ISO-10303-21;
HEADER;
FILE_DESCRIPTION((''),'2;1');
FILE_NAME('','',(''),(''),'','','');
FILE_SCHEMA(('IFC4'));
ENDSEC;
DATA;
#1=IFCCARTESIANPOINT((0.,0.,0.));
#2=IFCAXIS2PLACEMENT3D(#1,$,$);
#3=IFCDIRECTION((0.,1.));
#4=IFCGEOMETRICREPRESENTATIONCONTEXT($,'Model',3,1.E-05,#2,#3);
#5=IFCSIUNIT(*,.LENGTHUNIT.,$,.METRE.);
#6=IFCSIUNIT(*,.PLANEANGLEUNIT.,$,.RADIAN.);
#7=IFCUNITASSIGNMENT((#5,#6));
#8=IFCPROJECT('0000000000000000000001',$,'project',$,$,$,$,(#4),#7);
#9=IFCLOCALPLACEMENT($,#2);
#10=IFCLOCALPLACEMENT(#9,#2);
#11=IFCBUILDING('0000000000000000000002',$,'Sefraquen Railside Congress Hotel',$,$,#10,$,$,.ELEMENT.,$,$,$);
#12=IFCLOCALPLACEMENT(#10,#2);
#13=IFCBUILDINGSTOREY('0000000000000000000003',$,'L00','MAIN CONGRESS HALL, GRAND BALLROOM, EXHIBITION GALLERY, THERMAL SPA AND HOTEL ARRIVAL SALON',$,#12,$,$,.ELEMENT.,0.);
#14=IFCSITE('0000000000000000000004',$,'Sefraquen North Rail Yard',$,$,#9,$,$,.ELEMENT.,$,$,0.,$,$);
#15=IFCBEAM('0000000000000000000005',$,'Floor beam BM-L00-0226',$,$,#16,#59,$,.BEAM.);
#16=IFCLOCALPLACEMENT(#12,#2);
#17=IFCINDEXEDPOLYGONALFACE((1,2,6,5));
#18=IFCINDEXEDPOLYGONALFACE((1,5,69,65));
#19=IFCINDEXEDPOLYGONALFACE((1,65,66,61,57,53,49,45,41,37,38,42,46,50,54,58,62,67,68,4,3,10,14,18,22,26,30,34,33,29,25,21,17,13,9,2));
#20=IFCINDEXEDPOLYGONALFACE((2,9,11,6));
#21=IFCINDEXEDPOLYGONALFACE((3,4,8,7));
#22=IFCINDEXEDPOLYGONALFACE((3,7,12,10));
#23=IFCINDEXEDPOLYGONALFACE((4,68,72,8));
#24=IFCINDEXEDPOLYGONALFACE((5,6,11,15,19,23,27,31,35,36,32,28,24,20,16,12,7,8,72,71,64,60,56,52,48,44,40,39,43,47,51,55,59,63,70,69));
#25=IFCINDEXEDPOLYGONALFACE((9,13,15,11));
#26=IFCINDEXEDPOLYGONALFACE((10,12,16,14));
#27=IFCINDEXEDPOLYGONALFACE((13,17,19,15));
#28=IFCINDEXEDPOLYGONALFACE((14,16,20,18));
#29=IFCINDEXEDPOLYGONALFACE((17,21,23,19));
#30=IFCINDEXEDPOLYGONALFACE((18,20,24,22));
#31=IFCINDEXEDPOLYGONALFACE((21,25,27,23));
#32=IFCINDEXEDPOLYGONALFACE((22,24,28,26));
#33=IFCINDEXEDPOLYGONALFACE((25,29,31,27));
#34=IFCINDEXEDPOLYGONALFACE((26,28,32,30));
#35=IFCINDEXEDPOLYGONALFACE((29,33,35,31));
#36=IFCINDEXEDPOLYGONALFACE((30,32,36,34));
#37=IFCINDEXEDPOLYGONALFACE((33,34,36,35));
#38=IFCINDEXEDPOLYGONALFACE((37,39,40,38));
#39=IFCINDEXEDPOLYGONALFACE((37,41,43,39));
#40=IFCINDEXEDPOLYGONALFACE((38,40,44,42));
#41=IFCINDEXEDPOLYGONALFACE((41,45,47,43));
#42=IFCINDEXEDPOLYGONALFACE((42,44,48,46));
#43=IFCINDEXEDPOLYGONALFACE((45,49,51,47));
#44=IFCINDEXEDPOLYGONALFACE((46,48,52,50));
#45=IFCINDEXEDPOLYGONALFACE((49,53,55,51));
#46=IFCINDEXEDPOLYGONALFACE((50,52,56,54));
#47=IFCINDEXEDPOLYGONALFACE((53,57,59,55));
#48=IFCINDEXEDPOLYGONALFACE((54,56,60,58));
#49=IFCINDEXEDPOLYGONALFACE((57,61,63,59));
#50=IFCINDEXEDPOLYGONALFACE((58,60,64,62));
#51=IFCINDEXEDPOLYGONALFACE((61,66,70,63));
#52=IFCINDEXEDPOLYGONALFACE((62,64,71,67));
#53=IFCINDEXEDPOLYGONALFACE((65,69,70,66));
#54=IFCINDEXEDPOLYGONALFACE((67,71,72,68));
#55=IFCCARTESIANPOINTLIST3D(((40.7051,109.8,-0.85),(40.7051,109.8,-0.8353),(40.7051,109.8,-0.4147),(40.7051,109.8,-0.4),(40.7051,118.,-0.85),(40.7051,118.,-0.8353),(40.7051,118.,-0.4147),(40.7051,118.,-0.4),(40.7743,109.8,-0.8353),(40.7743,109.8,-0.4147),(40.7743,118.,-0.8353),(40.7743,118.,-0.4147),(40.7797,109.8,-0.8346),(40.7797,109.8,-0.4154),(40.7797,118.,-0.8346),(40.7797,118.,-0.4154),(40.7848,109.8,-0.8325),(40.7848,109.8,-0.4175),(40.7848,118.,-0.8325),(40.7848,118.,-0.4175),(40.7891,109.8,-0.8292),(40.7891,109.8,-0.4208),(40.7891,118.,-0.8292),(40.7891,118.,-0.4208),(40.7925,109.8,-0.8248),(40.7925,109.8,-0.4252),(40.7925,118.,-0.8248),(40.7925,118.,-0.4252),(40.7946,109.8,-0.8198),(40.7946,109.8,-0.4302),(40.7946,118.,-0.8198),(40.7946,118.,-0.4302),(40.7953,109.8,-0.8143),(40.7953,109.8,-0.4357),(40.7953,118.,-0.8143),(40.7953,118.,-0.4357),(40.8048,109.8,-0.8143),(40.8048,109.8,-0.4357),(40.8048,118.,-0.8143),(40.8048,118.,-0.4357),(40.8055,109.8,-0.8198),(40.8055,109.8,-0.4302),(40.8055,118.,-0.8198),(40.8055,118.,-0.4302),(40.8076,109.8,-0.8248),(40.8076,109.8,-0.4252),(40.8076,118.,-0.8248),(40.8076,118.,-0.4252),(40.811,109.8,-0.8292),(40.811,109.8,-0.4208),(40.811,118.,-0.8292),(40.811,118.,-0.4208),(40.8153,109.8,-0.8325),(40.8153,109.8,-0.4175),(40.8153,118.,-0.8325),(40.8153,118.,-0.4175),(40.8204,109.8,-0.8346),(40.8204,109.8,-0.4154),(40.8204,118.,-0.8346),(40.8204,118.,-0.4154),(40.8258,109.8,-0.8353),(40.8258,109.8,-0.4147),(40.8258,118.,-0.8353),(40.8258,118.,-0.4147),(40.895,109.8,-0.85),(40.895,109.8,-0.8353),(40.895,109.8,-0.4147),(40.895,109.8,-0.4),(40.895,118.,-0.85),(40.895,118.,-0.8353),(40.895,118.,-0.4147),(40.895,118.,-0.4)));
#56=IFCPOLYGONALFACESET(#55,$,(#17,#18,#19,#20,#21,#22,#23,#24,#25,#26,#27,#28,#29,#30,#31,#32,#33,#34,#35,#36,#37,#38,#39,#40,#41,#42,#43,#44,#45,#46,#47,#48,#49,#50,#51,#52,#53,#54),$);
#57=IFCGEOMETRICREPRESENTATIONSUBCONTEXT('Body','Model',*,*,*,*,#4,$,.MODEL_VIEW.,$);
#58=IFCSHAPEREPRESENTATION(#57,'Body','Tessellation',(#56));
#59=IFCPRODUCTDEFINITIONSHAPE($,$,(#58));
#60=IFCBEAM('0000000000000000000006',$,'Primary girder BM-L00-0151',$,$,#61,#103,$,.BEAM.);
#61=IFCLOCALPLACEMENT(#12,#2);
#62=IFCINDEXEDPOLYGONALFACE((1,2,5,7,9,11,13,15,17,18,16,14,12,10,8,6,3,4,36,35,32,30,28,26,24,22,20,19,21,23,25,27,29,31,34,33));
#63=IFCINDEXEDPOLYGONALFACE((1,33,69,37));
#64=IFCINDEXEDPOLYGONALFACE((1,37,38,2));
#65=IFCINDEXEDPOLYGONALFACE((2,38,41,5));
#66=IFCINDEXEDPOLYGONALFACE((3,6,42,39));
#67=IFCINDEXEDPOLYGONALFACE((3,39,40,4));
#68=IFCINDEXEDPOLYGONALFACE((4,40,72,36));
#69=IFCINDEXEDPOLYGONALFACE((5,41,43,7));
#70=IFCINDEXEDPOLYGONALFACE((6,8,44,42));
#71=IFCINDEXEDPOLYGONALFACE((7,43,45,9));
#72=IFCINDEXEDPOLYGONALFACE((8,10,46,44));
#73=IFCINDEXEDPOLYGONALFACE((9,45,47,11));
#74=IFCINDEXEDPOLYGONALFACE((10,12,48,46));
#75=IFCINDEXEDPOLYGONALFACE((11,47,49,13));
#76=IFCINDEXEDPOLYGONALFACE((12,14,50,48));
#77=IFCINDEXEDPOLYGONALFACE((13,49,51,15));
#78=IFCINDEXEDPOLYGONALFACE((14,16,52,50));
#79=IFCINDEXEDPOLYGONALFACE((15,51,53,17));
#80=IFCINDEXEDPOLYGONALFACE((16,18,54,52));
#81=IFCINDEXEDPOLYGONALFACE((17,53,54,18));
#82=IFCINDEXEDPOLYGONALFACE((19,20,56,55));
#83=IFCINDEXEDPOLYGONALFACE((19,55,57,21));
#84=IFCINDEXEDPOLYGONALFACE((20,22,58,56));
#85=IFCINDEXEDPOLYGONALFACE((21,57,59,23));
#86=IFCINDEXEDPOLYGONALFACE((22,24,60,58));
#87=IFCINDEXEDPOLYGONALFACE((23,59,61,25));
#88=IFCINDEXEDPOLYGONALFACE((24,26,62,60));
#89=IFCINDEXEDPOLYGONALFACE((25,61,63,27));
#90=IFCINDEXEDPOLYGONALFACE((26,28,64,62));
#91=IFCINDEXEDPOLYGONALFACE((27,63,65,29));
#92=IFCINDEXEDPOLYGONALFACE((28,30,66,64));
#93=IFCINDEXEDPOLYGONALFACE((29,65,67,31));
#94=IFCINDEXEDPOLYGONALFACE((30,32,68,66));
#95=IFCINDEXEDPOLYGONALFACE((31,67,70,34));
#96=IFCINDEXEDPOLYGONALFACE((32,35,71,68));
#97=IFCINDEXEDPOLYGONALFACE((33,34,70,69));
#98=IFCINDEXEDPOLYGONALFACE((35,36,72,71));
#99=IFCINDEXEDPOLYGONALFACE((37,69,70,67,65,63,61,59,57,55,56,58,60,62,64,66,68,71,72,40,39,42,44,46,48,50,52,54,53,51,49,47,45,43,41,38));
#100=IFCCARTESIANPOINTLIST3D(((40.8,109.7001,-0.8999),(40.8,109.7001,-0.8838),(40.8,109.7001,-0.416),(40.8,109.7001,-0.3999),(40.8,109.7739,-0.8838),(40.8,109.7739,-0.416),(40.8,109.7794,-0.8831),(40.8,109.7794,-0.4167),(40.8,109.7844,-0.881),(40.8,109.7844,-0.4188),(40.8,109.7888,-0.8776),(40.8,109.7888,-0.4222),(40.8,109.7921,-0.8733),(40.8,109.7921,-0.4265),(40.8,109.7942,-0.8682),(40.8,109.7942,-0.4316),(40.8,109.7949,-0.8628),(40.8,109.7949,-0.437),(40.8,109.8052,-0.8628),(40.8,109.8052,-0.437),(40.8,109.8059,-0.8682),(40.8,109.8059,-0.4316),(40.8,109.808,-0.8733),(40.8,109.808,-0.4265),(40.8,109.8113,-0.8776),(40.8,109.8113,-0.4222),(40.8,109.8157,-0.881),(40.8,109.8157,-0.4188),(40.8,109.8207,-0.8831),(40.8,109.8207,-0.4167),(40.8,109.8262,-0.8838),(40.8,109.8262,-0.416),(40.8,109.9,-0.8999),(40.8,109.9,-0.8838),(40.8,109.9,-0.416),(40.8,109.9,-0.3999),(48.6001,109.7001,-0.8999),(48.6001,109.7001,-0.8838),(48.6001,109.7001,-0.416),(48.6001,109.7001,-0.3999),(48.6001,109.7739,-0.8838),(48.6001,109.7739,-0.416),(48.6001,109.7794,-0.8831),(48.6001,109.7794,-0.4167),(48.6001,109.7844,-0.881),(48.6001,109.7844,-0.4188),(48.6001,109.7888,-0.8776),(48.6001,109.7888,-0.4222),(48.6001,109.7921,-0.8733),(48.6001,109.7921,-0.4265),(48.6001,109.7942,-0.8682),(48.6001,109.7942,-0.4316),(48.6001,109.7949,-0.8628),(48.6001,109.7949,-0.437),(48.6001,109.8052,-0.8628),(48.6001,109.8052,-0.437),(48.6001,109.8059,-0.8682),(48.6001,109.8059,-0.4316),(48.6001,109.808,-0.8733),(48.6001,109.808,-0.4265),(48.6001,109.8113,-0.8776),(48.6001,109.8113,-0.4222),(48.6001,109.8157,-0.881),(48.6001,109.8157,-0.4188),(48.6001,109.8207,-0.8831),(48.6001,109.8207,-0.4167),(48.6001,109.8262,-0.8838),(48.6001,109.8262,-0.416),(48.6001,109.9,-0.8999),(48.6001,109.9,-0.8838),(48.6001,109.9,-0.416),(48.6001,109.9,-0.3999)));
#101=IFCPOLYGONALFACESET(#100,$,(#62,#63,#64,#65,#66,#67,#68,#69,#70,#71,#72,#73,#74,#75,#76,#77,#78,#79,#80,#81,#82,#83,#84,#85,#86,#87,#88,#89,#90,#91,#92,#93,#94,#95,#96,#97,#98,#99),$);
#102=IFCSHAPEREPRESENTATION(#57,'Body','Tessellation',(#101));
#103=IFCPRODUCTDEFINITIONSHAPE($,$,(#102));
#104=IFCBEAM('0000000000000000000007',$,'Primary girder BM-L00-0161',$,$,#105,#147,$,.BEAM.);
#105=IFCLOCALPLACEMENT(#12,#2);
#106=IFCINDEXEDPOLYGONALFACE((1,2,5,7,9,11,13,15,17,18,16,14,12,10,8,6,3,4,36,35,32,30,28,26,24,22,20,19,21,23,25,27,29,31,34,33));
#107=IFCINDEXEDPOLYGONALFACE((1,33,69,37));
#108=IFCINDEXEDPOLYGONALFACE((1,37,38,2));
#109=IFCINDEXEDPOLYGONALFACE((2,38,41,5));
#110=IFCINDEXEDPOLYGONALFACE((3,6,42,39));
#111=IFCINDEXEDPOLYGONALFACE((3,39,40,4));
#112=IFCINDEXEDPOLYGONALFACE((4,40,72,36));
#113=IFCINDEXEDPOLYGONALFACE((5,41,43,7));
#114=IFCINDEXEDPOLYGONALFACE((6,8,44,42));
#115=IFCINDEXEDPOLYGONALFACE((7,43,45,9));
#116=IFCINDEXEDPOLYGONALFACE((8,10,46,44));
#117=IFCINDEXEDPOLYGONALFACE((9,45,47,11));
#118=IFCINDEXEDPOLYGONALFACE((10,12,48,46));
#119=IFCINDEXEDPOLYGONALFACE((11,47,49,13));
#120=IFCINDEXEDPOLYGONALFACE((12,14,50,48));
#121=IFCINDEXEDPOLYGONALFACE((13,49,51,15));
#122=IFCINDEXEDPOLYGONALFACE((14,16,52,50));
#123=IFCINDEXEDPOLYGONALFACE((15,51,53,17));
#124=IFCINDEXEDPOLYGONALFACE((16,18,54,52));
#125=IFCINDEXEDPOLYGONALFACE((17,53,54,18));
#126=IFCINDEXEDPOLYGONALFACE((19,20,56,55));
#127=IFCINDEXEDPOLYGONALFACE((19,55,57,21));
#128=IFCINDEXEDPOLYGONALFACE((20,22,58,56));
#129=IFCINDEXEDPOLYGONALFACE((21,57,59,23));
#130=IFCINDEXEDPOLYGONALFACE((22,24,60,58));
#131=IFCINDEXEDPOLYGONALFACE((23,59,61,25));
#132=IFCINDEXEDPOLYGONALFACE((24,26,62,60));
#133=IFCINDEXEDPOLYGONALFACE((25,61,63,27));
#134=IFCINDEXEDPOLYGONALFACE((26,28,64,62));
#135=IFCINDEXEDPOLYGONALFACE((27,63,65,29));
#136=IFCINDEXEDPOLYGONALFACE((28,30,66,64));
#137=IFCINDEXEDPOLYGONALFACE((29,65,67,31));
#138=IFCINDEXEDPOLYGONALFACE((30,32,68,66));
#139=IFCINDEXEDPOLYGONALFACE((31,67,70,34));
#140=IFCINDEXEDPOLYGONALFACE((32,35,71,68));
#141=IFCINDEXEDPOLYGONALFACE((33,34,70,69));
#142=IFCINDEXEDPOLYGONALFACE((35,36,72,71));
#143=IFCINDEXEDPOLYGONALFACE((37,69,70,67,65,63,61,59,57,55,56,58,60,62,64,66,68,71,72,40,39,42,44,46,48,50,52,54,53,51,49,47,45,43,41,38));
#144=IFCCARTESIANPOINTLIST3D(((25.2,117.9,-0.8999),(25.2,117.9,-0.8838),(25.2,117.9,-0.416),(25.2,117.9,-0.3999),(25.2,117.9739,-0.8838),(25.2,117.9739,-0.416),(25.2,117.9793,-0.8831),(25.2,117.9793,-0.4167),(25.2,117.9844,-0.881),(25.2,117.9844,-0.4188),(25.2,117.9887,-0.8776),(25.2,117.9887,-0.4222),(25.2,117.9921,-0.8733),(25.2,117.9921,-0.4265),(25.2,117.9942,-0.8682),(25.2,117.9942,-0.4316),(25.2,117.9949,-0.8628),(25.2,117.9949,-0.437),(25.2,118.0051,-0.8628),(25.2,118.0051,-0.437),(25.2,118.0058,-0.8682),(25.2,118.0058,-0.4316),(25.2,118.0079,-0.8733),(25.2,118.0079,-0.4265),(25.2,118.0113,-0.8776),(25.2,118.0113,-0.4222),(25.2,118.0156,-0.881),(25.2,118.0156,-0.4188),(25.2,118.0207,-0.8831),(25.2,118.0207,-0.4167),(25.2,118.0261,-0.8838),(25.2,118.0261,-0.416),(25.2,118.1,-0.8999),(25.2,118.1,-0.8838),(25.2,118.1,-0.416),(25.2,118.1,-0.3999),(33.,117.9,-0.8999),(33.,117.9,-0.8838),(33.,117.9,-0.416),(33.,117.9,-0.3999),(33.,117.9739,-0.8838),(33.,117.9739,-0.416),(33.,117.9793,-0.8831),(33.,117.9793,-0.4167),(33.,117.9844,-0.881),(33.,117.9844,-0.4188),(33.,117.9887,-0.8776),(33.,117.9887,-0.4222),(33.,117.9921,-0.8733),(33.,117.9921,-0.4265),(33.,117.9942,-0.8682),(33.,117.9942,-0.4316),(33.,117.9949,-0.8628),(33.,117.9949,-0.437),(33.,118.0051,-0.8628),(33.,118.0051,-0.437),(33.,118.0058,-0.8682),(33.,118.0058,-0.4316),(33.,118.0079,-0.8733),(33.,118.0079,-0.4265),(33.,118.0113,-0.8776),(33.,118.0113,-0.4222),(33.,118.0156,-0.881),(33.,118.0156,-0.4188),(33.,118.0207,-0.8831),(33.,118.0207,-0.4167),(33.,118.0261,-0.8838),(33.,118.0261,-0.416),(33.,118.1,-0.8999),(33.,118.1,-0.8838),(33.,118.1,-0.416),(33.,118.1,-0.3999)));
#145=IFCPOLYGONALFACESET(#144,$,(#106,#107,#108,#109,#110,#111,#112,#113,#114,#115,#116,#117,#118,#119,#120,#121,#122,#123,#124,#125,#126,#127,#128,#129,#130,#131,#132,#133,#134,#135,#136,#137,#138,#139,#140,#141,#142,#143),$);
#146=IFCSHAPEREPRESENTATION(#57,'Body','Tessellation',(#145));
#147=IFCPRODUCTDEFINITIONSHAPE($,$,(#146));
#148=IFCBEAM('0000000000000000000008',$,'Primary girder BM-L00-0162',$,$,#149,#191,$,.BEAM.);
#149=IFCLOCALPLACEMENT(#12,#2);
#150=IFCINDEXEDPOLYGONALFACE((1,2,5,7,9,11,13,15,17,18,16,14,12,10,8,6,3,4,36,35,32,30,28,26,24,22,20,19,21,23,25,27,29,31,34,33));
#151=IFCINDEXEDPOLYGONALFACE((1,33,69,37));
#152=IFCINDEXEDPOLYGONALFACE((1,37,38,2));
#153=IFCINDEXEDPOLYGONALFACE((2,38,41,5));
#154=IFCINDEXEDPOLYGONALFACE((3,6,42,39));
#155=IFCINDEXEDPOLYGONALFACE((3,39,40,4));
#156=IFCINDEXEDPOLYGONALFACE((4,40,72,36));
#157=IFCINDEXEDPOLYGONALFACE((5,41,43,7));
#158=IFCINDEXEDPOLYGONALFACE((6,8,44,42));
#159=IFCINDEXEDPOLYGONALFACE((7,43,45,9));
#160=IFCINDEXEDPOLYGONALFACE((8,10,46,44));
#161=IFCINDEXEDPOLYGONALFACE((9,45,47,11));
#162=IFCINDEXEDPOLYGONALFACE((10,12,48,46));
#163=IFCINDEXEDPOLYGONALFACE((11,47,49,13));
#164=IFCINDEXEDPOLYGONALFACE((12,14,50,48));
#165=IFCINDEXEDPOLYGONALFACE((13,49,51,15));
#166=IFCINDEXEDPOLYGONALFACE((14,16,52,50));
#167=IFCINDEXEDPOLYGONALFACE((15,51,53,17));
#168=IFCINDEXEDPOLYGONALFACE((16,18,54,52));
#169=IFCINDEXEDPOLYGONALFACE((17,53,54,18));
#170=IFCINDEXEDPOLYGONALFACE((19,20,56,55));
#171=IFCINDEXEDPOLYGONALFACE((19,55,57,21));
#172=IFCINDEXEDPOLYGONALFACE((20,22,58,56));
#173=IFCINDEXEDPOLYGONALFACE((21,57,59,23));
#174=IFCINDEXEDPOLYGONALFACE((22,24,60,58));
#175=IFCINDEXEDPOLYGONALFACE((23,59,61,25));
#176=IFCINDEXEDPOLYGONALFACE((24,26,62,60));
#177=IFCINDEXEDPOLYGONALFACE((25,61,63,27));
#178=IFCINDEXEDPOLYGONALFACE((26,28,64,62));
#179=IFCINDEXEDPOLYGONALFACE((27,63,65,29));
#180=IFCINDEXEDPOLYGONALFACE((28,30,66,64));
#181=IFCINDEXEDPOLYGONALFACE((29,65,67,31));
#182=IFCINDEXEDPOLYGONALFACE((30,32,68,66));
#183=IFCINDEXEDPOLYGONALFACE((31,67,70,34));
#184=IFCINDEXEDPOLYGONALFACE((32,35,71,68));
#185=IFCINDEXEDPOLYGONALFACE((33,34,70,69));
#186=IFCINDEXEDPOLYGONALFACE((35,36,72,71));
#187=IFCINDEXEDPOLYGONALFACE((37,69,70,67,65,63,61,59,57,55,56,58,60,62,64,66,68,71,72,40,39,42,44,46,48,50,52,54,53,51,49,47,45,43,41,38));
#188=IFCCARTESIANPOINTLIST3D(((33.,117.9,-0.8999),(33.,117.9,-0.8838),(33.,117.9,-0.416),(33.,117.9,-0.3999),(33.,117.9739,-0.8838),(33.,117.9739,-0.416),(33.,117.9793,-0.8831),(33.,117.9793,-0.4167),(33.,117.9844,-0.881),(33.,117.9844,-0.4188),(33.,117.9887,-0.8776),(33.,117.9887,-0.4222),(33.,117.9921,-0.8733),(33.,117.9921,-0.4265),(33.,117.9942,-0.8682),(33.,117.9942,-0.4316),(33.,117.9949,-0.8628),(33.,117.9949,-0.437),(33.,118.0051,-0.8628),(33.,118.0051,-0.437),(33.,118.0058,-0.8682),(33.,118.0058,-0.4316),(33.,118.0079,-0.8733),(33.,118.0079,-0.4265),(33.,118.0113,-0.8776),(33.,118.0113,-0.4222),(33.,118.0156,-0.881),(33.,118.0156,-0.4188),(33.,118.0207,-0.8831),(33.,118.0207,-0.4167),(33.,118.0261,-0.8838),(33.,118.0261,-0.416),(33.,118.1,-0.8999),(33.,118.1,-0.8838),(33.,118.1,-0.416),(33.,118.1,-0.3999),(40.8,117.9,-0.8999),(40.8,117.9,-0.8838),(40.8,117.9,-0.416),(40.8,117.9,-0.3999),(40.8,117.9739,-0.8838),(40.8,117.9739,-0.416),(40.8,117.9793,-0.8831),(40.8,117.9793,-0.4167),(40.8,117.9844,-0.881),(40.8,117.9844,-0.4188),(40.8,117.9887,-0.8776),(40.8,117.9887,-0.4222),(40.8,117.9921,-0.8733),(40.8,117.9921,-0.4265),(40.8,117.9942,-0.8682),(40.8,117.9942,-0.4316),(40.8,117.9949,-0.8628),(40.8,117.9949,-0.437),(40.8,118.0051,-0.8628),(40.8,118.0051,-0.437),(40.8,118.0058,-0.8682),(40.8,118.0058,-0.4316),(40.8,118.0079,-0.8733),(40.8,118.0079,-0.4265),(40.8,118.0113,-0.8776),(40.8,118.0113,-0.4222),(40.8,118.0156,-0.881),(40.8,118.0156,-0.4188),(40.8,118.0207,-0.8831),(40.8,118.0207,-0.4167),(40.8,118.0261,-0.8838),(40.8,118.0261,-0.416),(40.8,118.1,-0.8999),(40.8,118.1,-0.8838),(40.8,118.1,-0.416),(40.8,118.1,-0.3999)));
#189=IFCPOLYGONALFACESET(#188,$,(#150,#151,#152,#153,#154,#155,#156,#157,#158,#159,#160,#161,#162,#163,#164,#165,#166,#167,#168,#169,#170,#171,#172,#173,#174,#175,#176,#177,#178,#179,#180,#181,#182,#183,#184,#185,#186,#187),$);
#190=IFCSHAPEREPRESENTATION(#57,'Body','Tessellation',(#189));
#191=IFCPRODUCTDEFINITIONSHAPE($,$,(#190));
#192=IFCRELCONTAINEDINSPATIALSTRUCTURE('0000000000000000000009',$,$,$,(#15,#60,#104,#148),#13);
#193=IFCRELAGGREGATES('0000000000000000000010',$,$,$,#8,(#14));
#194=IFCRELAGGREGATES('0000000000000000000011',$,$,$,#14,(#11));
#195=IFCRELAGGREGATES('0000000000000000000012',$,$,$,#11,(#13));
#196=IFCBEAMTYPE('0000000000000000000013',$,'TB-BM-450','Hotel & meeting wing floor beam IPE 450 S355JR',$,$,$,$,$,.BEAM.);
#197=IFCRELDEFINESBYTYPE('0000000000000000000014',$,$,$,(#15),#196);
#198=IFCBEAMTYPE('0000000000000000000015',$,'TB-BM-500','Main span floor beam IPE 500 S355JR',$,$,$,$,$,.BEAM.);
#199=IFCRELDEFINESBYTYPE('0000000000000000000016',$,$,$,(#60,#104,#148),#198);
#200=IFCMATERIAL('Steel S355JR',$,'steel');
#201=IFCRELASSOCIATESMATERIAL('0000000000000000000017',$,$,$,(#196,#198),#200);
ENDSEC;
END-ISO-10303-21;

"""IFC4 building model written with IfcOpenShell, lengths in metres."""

from ifc_helpers import new_model, si_unit, direction, frame, origin, origin_2d, place, context, subcontext, project, spatial, i_section, extrude, material, material_profile, profile_set, type_object, element, save


model = new_model("IFC4")

# Units and contexts
model_context = context("Model", 3, precision=1e-05, world=origin(), true_north=direction((0.0, 1.0)))
body_context = subcontext(model_context, "Body", "Model", "MODEL_VIEW")
ifc_project = project(units=[si_unit("LENGTHUNIT", "METRE"), si_unit("PLANEANGLEUNIT", "RADIAN")], contexts=[model_context])

# Site, building, storey
site_placement = place(None, origin())
site = spatial("IfcSite", under=ifc_project, at=site_placement, Name="Sefraquen North Rail Yard", CompositionType="ELEMENT", RefElevation=0.0)
building_placement = place(site_placement, origin())
building = spatial("IfcBuilding", under=site, at=building_placement, Name="Sefraquen Railside Congress Hotel", CompositionType="ELEMENT")
storey_placement = place(building_placement, origin())
storey = spatial("IfcBuildingStorey", under=building, at=storey_placement, Name="L00", Description="MAIN CONGRESS HALL, GRAND BALLROOM, EXHIBITION GALLERY, THERMAL SPA AND HOTEL ARRIVAL SALON", CompositionType="ELEMENT", Elevation=0.0)

# Shared definitions
ifc_material_1 = material(Name="Steel S355JR", Category="steel")

# Beams
ifc_material_profile_1 = material_profile(ifc_material_1, i_section(OverallWidth=0.1899, OverallDepth=0.45, WebThickness=0.0095, FlangeThickness=0.0146, FilletRadius=0.021, at=origin_2d()), Name="IPE 450")
ifc_profile_set_1 = profile_set([ifc_material_profile_1], Name="Steel S355JR")
beam_type_1 = type_object("IfcBeamType", Name="TB-BM-450", Description="Hotel & meeting wing floor beam IPE 450 S355JR", PredefinedType="BEAM", material=ifc_profile_set_1)
for number, where, z_axis, x_axis, name in (
    (1, (40.8, 109.8, -0.625), (0.0, 1.0, 0.0), (-1.0, 0.0, 0.0), "Floor beam BM-L00-0226"),
):
    element("IfcBeam", number, at=place(storey_placement, frame(where, z_axis=z_axis, x_axis=x_axis)), inside=storey, type_object=beam_type_1, Name=name, PredefinedType="BEAM", context=body_context, shape_type="SweptSolid", body=[
        extrude(i_section(OverallWidth=0.1899, OverallDepth=0.45, WebThickness=0.0095, FlangeThickness=0.0146, FilletRadius=0.021, at=origin_2d()), origin(), (0.0, 0.0, 1.0), 8.2),
    ])
ifc_material_profile_2 = material_profile(ifc_material_1, i_section(OverallWidth=0.2, OverallDepth=0.5, WebThickness=0.0103, FlangeThickness=0.0161, FilletRadius=0.021, at=origin_2d()), Name="IPE 500")
ifc_profile_set_2 = profile_set([ifc_material_profile_2], Name="Steel S355JR")
beam_type_2 = type_object("IfcBeamType", Name="TB-BM-500", Description="Main span floor beam IPE 500 S355JR", PredefinedType="BEAM", material=ifc_profile_set_2)
for number, where, z_axis, x_axis, name in (
    (2, (40.8, 109.8, -0.6499), (1.0, 0.0, 0.0), (0.0, 1.0, 0.0), "Primary girder BM-L00-0151"),
    (3, (25.2, 118.0, -0.6499), (1.0, 0.0, 0.0), (0.0, 1.0, 0.0), "Primary girder BM-L00-0161"),
    (4, (33.0, 118.0, -0.6499), (1.0, 0.0, 0.0), (0.0, 1.0, 0.0), "Primary girder BM-L00-0162"),
):
    element("IfcBeam", number, at=place(storey_placement, frame(where, z_axis=z_axis, x_axis=x_axis)), inside=storey, type_object=beam_type_2, Name=name, PredefinedType="BEAM", context=body_context, shape_type="SweptSolid", body=[
        extrude(i_section(OverallWidth=0.2, OverallDepth=0.5, WebThickness=0.0103, FlangeThickness=0.0161, FilletRadius=0.021, at=origin_2d()), origin(), (0.0, 0.0, 1.0), 7.8),
    ])

save(model, "model.ifc")
